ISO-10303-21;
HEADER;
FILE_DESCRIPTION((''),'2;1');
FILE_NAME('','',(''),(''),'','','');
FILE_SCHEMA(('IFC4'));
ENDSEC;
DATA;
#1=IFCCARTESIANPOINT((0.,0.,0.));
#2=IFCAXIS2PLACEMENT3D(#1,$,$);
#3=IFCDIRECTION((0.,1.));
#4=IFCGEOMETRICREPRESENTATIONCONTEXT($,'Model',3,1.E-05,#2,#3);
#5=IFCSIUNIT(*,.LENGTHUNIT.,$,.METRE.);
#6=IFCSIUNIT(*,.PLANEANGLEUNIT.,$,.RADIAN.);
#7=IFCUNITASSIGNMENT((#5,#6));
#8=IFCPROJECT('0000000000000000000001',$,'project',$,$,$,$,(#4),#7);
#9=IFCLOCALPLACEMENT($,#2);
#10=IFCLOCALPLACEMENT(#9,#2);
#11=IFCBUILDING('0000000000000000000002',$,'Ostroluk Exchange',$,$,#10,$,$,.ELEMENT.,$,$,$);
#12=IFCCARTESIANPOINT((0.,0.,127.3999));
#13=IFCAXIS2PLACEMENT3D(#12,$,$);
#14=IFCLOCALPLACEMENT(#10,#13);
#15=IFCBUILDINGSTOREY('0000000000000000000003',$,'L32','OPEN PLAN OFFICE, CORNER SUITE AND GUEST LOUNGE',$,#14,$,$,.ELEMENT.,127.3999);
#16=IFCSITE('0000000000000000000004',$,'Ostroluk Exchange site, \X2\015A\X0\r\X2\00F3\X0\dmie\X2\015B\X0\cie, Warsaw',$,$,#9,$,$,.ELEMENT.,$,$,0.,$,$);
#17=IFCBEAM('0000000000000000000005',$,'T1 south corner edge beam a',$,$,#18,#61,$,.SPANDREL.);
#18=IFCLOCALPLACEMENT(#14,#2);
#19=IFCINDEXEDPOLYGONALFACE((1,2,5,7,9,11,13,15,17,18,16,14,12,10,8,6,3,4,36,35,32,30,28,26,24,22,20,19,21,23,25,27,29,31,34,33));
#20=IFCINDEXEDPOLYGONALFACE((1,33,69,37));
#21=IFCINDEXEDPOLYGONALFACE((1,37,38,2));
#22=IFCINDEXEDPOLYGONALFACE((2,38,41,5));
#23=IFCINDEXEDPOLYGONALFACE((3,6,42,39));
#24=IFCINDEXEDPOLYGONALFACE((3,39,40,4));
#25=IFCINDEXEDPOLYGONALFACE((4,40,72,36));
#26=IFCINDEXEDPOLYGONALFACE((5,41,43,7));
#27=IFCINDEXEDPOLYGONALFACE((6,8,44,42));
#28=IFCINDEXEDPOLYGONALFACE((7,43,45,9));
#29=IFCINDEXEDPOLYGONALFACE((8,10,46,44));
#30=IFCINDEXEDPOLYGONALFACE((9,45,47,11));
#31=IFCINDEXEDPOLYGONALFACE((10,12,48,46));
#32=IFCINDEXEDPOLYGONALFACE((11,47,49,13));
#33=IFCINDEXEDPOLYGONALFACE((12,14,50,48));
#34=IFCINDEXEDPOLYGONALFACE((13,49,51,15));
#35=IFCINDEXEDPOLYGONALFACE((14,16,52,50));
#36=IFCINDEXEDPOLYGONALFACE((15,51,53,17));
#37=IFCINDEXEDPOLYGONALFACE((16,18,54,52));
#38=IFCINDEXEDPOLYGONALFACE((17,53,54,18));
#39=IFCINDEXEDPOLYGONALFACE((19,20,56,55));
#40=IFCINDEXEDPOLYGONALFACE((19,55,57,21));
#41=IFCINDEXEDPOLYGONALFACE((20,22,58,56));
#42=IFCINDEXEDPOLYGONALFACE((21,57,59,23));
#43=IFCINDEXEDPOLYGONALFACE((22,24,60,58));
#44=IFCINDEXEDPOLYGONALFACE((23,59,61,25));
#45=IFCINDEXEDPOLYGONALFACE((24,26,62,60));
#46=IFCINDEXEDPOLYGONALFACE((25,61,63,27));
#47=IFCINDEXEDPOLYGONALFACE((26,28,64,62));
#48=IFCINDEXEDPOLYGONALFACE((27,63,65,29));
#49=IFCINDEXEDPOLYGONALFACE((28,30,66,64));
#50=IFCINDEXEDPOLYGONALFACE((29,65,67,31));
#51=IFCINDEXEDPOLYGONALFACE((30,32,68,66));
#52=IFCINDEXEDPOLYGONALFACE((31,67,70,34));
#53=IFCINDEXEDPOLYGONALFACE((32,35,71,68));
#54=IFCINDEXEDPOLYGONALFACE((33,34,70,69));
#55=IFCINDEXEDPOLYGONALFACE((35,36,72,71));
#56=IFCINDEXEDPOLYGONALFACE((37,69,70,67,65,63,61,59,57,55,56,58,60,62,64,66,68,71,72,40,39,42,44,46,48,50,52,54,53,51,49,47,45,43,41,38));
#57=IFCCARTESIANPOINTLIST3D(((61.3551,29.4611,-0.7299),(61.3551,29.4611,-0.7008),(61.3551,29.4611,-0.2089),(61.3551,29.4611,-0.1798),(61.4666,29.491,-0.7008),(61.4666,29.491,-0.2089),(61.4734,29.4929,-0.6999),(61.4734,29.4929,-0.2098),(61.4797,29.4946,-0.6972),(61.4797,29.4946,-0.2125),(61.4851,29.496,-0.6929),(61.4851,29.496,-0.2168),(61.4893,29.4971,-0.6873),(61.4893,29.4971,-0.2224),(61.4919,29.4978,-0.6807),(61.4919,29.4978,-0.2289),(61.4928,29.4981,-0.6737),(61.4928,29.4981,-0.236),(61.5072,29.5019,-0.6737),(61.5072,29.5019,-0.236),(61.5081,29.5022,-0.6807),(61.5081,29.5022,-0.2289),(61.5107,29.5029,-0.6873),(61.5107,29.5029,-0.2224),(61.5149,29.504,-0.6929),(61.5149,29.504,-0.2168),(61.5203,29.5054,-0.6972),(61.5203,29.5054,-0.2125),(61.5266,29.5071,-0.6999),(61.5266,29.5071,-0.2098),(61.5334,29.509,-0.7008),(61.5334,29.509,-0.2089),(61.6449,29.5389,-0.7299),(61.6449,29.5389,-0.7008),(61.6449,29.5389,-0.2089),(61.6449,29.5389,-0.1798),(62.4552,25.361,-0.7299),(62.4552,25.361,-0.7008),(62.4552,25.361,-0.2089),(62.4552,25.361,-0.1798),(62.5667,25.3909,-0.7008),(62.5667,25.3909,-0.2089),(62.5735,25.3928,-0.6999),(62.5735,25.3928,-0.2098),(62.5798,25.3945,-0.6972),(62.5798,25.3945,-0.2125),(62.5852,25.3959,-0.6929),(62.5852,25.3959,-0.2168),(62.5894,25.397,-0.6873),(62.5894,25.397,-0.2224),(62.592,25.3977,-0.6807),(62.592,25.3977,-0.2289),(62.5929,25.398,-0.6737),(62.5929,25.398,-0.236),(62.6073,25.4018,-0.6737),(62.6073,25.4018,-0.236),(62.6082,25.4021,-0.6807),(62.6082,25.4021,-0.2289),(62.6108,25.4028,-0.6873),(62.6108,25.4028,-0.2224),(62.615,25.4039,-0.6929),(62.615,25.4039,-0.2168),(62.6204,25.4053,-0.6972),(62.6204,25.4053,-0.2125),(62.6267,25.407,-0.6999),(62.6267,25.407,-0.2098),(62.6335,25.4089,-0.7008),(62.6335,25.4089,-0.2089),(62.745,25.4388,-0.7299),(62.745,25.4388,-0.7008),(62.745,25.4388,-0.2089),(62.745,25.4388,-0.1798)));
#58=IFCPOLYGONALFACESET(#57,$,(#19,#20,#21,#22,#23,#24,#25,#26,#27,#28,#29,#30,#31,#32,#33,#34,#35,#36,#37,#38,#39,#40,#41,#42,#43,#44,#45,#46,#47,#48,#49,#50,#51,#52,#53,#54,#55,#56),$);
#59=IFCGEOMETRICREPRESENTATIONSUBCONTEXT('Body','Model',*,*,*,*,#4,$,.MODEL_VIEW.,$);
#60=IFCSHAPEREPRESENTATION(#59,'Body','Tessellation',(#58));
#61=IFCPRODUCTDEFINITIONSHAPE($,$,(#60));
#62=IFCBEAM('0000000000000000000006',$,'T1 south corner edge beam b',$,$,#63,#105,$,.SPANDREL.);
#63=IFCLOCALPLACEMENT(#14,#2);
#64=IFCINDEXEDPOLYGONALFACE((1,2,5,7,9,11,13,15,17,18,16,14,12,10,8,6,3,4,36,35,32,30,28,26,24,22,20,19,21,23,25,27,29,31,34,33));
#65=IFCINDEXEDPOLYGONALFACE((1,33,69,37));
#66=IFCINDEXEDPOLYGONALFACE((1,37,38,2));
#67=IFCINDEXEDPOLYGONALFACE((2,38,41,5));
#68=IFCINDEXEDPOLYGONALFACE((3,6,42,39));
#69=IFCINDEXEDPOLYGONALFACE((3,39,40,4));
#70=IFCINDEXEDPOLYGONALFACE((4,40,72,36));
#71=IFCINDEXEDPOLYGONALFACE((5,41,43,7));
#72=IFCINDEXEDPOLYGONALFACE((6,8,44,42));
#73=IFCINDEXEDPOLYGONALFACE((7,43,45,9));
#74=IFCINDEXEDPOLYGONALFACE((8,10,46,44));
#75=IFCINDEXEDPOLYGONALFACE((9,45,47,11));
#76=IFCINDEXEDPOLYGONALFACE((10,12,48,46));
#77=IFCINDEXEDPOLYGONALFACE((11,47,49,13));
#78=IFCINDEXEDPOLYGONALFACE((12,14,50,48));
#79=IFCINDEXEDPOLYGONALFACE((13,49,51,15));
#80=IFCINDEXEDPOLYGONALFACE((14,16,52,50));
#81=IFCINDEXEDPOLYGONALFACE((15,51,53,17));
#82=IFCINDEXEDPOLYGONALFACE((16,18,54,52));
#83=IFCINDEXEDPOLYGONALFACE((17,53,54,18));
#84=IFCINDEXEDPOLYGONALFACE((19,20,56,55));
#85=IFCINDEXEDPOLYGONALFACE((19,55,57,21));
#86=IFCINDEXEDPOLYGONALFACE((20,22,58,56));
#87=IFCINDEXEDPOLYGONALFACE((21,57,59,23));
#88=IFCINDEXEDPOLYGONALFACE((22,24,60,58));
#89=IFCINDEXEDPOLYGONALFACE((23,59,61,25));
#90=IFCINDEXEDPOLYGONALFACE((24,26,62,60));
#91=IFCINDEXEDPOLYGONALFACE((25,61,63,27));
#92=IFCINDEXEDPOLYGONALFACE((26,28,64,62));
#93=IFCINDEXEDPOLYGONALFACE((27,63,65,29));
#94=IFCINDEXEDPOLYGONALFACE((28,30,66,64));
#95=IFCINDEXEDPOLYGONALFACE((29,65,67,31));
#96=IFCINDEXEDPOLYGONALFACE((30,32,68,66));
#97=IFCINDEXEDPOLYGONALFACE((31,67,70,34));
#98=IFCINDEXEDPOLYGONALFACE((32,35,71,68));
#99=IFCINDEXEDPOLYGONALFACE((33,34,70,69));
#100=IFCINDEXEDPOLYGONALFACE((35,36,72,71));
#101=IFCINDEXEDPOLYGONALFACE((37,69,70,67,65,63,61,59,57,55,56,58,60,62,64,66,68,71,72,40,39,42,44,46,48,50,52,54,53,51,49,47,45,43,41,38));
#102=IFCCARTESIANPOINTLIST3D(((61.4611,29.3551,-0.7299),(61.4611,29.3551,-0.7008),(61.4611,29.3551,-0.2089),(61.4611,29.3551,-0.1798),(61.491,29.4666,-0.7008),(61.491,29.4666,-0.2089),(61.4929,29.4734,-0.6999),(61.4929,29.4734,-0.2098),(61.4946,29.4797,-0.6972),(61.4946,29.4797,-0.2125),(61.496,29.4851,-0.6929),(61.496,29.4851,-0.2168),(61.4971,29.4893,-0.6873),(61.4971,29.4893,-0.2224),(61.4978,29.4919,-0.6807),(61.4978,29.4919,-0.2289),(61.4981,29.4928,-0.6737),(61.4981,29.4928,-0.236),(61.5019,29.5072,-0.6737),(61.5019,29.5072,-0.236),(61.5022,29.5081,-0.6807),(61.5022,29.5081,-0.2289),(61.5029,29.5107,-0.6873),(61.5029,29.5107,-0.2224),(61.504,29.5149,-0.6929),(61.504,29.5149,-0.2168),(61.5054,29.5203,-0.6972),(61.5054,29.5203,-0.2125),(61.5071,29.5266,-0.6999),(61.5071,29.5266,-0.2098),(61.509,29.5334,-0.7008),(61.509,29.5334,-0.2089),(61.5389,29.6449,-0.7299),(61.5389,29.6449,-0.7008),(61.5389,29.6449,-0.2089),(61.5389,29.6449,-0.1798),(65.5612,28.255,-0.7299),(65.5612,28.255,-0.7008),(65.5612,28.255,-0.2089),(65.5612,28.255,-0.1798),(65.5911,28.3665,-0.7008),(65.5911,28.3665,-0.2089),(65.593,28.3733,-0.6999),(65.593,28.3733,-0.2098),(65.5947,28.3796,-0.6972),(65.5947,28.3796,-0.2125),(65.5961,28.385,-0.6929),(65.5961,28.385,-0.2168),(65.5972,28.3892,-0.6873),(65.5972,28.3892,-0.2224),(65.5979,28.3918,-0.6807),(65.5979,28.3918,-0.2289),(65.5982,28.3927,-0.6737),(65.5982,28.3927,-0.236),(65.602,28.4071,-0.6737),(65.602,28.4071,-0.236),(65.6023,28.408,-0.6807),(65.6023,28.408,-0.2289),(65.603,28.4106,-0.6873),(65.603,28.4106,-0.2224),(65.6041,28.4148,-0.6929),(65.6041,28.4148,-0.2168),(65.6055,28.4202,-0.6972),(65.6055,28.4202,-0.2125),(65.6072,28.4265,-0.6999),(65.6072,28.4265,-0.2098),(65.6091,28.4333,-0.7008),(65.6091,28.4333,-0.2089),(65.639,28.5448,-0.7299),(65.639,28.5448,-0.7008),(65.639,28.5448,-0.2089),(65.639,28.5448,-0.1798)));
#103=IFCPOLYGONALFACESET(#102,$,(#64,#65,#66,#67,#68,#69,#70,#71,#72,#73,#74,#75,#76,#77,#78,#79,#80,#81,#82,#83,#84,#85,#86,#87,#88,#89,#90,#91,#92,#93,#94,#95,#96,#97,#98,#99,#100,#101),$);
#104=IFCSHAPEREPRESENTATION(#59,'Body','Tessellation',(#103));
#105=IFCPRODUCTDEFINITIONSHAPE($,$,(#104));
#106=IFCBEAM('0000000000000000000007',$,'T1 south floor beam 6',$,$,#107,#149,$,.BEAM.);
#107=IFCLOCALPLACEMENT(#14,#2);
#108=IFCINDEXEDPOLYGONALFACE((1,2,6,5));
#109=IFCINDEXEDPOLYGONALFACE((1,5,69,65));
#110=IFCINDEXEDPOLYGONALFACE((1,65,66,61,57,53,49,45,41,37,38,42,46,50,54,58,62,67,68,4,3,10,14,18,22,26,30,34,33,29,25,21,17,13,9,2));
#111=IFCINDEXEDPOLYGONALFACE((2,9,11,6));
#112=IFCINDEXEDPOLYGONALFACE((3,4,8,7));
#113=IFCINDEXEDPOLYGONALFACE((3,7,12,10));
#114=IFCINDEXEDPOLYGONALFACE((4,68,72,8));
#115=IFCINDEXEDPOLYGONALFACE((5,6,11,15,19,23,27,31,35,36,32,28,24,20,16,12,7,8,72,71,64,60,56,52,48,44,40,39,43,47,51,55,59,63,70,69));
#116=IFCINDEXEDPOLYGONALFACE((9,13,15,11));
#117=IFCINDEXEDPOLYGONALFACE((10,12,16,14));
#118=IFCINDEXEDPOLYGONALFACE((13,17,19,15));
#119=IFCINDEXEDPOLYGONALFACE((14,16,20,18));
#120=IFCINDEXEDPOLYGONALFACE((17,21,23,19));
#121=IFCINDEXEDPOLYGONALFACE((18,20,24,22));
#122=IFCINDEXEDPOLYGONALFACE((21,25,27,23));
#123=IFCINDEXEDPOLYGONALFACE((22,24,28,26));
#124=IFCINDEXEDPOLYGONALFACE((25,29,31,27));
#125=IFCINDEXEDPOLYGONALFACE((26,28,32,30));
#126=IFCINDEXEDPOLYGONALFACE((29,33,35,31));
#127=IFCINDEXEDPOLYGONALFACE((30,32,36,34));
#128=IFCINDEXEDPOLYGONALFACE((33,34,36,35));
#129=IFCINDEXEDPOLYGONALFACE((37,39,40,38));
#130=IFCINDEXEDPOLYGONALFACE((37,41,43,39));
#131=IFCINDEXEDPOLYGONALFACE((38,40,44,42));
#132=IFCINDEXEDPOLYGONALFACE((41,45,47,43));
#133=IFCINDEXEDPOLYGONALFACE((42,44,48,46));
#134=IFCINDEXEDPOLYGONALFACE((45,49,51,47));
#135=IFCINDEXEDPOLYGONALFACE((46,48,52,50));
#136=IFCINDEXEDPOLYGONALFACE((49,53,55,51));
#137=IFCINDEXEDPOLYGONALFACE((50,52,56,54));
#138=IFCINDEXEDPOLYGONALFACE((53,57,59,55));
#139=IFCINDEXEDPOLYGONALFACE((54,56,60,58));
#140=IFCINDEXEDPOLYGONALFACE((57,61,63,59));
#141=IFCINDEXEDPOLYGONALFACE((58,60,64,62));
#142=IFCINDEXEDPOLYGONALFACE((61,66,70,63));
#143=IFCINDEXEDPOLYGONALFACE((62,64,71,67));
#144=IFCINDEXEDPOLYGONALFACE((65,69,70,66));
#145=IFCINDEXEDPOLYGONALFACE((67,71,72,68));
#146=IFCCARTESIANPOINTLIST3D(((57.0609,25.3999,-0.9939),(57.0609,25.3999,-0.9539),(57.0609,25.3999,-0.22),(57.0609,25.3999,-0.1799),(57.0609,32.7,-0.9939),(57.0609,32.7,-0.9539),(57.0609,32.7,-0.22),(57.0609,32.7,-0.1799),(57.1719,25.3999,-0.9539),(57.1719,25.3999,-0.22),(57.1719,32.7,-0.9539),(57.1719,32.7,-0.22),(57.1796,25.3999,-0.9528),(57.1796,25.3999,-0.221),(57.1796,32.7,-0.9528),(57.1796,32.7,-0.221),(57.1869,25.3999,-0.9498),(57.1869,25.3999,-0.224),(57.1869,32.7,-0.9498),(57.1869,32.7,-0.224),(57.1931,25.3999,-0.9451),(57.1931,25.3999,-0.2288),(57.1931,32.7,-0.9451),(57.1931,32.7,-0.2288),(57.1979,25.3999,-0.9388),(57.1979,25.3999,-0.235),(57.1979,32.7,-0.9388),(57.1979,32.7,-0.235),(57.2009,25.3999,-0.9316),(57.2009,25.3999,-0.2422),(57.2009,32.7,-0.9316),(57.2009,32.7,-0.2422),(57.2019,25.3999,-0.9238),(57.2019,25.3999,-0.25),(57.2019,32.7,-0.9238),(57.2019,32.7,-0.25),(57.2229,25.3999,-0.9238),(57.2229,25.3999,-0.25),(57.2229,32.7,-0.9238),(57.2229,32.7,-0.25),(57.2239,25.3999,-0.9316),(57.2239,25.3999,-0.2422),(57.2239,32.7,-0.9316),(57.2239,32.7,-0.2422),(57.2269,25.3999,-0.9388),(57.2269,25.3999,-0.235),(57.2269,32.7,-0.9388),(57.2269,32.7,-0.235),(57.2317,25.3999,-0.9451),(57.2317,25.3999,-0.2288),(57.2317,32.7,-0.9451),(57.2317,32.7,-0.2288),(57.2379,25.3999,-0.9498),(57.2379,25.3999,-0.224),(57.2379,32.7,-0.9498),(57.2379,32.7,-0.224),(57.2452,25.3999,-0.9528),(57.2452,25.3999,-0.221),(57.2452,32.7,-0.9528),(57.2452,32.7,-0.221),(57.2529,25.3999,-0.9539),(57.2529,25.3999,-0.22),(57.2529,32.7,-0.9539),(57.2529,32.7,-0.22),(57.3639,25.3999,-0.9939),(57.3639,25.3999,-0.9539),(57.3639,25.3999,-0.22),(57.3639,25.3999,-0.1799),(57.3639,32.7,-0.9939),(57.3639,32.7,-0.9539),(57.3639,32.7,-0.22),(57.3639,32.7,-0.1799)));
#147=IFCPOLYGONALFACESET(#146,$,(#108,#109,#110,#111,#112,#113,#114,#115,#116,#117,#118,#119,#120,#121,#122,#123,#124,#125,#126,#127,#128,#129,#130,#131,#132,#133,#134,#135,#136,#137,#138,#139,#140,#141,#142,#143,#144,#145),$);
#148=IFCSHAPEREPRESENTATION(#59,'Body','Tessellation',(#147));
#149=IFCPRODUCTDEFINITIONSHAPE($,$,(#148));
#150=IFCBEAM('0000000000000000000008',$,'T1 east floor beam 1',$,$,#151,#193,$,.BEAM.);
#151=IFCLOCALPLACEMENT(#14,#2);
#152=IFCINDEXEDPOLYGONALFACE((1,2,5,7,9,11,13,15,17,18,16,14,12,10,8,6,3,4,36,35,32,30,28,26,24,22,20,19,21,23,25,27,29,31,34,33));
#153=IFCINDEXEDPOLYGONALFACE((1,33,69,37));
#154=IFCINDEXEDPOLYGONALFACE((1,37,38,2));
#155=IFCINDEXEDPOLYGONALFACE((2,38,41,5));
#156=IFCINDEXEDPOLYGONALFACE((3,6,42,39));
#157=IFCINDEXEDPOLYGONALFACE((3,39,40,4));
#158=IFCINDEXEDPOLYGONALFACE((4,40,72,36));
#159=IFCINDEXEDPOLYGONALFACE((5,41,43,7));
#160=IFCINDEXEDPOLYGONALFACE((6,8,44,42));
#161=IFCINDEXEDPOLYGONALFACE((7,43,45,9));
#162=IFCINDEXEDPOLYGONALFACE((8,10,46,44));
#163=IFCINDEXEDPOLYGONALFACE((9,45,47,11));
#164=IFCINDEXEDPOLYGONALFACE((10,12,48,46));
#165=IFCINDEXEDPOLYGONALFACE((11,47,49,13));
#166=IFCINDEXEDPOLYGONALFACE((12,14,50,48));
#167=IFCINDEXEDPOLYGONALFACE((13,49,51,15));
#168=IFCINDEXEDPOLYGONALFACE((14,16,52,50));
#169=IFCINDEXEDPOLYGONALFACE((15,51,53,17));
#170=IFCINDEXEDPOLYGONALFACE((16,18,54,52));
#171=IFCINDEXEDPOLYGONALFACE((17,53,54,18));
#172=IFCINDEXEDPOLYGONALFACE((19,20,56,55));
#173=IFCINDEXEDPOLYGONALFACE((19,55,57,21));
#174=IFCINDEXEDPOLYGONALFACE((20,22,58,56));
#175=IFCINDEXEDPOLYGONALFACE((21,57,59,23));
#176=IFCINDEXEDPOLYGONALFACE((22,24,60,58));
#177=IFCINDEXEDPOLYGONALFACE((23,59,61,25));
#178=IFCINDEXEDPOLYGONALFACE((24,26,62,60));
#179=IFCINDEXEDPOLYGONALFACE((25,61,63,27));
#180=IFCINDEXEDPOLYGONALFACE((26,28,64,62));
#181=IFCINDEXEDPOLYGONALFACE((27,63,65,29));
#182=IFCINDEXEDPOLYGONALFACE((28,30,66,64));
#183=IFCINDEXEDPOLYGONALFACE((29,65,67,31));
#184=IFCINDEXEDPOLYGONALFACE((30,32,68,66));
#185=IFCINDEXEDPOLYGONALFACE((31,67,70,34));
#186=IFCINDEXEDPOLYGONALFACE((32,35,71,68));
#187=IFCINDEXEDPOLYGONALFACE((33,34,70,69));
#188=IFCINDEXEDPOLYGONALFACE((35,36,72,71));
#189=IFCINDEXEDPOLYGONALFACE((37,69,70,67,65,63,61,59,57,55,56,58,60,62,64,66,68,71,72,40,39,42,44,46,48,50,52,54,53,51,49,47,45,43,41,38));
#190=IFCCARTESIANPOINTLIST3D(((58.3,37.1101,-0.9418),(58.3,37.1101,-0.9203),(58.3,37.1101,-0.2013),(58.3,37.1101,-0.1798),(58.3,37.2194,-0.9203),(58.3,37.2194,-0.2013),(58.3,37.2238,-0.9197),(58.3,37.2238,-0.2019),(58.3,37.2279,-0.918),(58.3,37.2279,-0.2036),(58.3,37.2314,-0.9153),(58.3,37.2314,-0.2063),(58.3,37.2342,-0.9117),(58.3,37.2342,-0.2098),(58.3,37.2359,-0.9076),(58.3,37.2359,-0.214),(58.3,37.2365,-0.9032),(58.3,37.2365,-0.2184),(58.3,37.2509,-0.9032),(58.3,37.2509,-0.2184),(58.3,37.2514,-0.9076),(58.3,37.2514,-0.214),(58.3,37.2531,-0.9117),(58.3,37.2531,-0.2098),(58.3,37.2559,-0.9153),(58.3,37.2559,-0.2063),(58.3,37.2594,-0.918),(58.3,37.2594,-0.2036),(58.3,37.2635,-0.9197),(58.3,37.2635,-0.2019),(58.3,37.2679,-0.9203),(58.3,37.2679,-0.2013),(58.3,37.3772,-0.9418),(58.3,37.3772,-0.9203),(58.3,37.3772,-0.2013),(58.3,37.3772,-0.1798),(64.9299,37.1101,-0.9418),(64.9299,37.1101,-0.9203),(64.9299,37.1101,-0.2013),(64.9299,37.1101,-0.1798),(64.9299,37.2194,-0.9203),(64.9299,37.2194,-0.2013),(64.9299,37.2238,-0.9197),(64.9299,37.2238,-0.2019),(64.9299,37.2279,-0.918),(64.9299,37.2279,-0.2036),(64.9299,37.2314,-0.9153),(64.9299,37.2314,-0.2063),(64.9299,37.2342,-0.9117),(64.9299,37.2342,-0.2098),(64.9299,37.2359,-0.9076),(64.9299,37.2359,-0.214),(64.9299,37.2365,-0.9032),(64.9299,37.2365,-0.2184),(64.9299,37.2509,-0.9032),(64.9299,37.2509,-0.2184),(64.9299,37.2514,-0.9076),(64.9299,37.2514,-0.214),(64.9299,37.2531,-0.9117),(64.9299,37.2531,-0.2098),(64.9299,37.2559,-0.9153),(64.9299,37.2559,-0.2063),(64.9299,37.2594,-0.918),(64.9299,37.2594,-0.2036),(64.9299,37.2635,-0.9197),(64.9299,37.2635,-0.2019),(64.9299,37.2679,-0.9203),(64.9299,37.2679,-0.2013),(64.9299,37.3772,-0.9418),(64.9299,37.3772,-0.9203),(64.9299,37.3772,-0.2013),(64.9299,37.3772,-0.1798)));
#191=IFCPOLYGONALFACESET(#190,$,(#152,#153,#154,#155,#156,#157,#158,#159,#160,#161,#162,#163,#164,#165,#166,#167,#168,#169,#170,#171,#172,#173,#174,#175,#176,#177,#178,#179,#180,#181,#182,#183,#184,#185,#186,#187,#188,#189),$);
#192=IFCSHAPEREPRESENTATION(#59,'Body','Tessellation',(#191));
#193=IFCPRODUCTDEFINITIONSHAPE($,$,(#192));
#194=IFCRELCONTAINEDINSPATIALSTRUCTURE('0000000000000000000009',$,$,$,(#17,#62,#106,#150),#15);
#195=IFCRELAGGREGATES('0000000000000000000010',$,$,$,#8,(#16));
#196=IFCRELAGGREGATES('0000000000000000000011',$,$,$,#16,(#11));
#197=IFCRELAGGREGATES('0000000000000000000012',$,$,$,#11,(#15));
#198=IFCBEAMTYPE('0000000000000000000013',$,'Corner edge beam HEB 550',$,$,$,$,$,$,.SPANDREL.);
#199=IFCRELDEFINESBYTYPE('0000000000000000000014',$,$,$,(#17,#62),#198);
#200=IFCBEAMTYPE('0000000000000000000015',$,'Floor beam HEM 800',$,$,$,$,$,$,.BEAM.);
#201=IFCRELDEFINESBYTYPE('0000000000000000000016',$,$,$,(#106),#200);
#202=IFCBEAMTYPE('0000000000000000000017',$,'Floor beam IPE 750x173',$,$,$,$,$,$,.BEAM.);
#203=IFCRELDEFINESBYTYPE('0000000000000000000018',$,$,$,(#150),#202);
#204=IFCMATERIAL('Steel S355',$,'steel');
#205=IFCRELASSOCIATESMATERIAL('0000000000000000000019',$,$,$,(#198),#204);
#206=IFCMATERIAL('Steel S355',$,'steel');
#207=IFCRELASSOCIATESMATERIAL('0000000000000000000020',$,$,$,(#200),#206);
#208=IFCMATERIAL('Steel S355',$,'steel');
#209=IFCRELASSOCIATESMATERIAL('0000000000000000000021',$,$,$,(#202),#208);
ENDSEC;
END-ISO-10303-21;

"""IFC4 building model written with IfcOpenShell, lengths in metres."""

from ifc_helpers import new_model, si_unit, direction, frame, origin, origin_2d, place, context, subcontext, project, spatial, i_section, extrude, material, material_profile, profile_set, type_object, element, save


model = new_model("IFC4")

# Units and contexts
model_context = context("Model", 3, precision=1e-05, world=origin(), true_north=direction((0.0, 1.0)))
body_context = subcontext(model_context, "Body", "Model", "MODEL_VIEW")
ifc_project = project(units=[si_unit("LENGTHUNIT", "METRE"), si_unit("PLANEANGLEUNIT", "RADIAN")], contexts=[model_context])

# Site, building, storey
site_placement = place(None, origin())
site = spatial("IfcSite", under=ifc_project, at=site_placement, Name="Ostroluk Exchange site, Śródmieście, Warsaw", CompositionType="ELEMENT", RefElevation=0.0)
building_placement = place(site_placement, origin())
building = spatial("IfcBuilding", under=site, at=building_placement, Name="Ostroluk Exchange", CompositionType="ELEMENT")
storey_placement = place(building_placement, frame((0.0, 0.0, 127.3999)))
storey = spatial("IfcBuildingStorey", under=building, at=storey_placement, Name="L32", Description="OPEN PLAN OFFICE, CORNER SUITE AND GUEST LOUNGE", CompositionType="ELEMENT", Elevation=127.3999)

# Beams
ifc_material_1 = material(Name="Steel S355", Category="steel")
ifc_material_profile_1 = material_profile(ifc_material_1, i_section(OverallWidth=0.3, OverallDepth=0.55, WebThickness=0.0149, FlangeThickness=0.0291, FilletRadius=0.0271, at=origin_2d()), Name="HEB 550")
ifc_profile_set_1 = profile_set([ifc_material_profile_1], Name="Steel S355")
beam_type_1 = type_object("IfcBeamType", Name="Corner edge beam HEB 550", PredefinedType="SPANDREL", material=ifc_profile_set_1)
for number, where, z_axis, x_axis, name in (
    (1, (61.5, 29.5, -0.4548), (0.259144, -0.965839, 0.0), (0.965839, 0.259144, 0.0), "T1 south corner edge beam a"),
    (2, (61.5, 29.5, -0.4548), (0.965839, -0.259144, 0.0), (0.259144, 0.965839, 0.0), "T1 south corner edge beam b"),
):
    element("IfcBeam", number, at=place(storey_placement, frame(where, z_axis=z_axis, x_axis=x_axis)), inside=storey, type_object=beam_type_1, Name=name, PredefinedType="SPANDREL", context=body_context, shape_type="SweptSolid", body=[
        extrude(i_section(OverallWidth=0.3, OverallDepth=0.55, WebThickness=0.0149, FlangeThickness=0.0291, FilletRadius=0.0271, at=origin_2d()), origin(), (0.0, 0.0, 1.0), 4.2451),
    ])
ifc_material_2 = material(Name="Steel S355", Category="steel")
ifc_material_profile_2 = material_profile(ifc_material_2, i_section(OverallWidth=0.303, OverallDepth=0.814, WebThickness=0.021, FlangeThickness=0.04, FilletRadius=0.03, at=origin_2d()), Name="HEM 800")
ifc_profile_set_2 = profile_set([ifc_material_profile_2], Name="Steel S355")
beam_type_2 = type_object("IfcBeamType", Name="Floor beam HEM 800", PredefinedType="BEAM", material=ifc_profile_set_2)
beam_1_placement = place(storey_placement, frame((57.2124, 32.7, -0.5869), z_axis=(0.0, -1.0, 0.0), x_axis=(1.0, 0.0, 0.0)))
element("IfcBeam", 3, at=beam_1_placement, inside=storey, type_object=beam_type_2, Name="T1 south floor beam 6", PredefinedType="BEAM", context=body_context, shape_type="SweptSolid", body=[
    extrude(i_section(OverallWidth=0.303, OverallDepth=0.814, WebThickness=0.021, FlangeThickness=0.04, FilletRadius=0.03, at=origin_2d()), origin(), (0.0, 0.0, 1.0), 7.3),
])
ifc_material_3 = material(Name="Steel S355", Category="steel")
ifc_material_profile_3 = material_profile(ifc_material_3, i_section(OverallWidth=0.2671, OverallDepth=0.762, WebThickness=0.0144, FlangeThickness=0.0215, FilletRadius=0.0171, at=origin_2d()), Name="IPE 750x173")
ifc_profile_set_3 = profile_set([ifc_material_profile_3], Name="Steel S355")
beam_type_3 = type_object("IfcBeamType", Name="Floor beam IPE 750x173", PredefinedType="BEAM", material=ifc_profile_set_3)
for number, where, z_axis, x_axis, name in (
    (4, (58.3, 37.2437, -0.5608), (1.0, 0.0, 0.0), (0.0, 1.0, 0.0), "T1 east floor beam 1"),
):
    element("IfcBeam", number, at=place(storey_placement, frame(where, z_axis=z_axis, x_axis=x_axis)), inside=storey, type_object=beam_type_3, Name=name, PredefinedType="BEAM", context=body_context, shape_type="SweptSolid", body=[
        extrude(i_section(OverallWidth=0.2671, OverallDepth=0.762, WebThickness=0.0144, FlangeThickness=0.0215, FilletRadius=0.0171, at=origin_2d()), origin(), (0.0, 0.0, 1.0), 6.6299),
    ])

save(model, "model.ifc")
